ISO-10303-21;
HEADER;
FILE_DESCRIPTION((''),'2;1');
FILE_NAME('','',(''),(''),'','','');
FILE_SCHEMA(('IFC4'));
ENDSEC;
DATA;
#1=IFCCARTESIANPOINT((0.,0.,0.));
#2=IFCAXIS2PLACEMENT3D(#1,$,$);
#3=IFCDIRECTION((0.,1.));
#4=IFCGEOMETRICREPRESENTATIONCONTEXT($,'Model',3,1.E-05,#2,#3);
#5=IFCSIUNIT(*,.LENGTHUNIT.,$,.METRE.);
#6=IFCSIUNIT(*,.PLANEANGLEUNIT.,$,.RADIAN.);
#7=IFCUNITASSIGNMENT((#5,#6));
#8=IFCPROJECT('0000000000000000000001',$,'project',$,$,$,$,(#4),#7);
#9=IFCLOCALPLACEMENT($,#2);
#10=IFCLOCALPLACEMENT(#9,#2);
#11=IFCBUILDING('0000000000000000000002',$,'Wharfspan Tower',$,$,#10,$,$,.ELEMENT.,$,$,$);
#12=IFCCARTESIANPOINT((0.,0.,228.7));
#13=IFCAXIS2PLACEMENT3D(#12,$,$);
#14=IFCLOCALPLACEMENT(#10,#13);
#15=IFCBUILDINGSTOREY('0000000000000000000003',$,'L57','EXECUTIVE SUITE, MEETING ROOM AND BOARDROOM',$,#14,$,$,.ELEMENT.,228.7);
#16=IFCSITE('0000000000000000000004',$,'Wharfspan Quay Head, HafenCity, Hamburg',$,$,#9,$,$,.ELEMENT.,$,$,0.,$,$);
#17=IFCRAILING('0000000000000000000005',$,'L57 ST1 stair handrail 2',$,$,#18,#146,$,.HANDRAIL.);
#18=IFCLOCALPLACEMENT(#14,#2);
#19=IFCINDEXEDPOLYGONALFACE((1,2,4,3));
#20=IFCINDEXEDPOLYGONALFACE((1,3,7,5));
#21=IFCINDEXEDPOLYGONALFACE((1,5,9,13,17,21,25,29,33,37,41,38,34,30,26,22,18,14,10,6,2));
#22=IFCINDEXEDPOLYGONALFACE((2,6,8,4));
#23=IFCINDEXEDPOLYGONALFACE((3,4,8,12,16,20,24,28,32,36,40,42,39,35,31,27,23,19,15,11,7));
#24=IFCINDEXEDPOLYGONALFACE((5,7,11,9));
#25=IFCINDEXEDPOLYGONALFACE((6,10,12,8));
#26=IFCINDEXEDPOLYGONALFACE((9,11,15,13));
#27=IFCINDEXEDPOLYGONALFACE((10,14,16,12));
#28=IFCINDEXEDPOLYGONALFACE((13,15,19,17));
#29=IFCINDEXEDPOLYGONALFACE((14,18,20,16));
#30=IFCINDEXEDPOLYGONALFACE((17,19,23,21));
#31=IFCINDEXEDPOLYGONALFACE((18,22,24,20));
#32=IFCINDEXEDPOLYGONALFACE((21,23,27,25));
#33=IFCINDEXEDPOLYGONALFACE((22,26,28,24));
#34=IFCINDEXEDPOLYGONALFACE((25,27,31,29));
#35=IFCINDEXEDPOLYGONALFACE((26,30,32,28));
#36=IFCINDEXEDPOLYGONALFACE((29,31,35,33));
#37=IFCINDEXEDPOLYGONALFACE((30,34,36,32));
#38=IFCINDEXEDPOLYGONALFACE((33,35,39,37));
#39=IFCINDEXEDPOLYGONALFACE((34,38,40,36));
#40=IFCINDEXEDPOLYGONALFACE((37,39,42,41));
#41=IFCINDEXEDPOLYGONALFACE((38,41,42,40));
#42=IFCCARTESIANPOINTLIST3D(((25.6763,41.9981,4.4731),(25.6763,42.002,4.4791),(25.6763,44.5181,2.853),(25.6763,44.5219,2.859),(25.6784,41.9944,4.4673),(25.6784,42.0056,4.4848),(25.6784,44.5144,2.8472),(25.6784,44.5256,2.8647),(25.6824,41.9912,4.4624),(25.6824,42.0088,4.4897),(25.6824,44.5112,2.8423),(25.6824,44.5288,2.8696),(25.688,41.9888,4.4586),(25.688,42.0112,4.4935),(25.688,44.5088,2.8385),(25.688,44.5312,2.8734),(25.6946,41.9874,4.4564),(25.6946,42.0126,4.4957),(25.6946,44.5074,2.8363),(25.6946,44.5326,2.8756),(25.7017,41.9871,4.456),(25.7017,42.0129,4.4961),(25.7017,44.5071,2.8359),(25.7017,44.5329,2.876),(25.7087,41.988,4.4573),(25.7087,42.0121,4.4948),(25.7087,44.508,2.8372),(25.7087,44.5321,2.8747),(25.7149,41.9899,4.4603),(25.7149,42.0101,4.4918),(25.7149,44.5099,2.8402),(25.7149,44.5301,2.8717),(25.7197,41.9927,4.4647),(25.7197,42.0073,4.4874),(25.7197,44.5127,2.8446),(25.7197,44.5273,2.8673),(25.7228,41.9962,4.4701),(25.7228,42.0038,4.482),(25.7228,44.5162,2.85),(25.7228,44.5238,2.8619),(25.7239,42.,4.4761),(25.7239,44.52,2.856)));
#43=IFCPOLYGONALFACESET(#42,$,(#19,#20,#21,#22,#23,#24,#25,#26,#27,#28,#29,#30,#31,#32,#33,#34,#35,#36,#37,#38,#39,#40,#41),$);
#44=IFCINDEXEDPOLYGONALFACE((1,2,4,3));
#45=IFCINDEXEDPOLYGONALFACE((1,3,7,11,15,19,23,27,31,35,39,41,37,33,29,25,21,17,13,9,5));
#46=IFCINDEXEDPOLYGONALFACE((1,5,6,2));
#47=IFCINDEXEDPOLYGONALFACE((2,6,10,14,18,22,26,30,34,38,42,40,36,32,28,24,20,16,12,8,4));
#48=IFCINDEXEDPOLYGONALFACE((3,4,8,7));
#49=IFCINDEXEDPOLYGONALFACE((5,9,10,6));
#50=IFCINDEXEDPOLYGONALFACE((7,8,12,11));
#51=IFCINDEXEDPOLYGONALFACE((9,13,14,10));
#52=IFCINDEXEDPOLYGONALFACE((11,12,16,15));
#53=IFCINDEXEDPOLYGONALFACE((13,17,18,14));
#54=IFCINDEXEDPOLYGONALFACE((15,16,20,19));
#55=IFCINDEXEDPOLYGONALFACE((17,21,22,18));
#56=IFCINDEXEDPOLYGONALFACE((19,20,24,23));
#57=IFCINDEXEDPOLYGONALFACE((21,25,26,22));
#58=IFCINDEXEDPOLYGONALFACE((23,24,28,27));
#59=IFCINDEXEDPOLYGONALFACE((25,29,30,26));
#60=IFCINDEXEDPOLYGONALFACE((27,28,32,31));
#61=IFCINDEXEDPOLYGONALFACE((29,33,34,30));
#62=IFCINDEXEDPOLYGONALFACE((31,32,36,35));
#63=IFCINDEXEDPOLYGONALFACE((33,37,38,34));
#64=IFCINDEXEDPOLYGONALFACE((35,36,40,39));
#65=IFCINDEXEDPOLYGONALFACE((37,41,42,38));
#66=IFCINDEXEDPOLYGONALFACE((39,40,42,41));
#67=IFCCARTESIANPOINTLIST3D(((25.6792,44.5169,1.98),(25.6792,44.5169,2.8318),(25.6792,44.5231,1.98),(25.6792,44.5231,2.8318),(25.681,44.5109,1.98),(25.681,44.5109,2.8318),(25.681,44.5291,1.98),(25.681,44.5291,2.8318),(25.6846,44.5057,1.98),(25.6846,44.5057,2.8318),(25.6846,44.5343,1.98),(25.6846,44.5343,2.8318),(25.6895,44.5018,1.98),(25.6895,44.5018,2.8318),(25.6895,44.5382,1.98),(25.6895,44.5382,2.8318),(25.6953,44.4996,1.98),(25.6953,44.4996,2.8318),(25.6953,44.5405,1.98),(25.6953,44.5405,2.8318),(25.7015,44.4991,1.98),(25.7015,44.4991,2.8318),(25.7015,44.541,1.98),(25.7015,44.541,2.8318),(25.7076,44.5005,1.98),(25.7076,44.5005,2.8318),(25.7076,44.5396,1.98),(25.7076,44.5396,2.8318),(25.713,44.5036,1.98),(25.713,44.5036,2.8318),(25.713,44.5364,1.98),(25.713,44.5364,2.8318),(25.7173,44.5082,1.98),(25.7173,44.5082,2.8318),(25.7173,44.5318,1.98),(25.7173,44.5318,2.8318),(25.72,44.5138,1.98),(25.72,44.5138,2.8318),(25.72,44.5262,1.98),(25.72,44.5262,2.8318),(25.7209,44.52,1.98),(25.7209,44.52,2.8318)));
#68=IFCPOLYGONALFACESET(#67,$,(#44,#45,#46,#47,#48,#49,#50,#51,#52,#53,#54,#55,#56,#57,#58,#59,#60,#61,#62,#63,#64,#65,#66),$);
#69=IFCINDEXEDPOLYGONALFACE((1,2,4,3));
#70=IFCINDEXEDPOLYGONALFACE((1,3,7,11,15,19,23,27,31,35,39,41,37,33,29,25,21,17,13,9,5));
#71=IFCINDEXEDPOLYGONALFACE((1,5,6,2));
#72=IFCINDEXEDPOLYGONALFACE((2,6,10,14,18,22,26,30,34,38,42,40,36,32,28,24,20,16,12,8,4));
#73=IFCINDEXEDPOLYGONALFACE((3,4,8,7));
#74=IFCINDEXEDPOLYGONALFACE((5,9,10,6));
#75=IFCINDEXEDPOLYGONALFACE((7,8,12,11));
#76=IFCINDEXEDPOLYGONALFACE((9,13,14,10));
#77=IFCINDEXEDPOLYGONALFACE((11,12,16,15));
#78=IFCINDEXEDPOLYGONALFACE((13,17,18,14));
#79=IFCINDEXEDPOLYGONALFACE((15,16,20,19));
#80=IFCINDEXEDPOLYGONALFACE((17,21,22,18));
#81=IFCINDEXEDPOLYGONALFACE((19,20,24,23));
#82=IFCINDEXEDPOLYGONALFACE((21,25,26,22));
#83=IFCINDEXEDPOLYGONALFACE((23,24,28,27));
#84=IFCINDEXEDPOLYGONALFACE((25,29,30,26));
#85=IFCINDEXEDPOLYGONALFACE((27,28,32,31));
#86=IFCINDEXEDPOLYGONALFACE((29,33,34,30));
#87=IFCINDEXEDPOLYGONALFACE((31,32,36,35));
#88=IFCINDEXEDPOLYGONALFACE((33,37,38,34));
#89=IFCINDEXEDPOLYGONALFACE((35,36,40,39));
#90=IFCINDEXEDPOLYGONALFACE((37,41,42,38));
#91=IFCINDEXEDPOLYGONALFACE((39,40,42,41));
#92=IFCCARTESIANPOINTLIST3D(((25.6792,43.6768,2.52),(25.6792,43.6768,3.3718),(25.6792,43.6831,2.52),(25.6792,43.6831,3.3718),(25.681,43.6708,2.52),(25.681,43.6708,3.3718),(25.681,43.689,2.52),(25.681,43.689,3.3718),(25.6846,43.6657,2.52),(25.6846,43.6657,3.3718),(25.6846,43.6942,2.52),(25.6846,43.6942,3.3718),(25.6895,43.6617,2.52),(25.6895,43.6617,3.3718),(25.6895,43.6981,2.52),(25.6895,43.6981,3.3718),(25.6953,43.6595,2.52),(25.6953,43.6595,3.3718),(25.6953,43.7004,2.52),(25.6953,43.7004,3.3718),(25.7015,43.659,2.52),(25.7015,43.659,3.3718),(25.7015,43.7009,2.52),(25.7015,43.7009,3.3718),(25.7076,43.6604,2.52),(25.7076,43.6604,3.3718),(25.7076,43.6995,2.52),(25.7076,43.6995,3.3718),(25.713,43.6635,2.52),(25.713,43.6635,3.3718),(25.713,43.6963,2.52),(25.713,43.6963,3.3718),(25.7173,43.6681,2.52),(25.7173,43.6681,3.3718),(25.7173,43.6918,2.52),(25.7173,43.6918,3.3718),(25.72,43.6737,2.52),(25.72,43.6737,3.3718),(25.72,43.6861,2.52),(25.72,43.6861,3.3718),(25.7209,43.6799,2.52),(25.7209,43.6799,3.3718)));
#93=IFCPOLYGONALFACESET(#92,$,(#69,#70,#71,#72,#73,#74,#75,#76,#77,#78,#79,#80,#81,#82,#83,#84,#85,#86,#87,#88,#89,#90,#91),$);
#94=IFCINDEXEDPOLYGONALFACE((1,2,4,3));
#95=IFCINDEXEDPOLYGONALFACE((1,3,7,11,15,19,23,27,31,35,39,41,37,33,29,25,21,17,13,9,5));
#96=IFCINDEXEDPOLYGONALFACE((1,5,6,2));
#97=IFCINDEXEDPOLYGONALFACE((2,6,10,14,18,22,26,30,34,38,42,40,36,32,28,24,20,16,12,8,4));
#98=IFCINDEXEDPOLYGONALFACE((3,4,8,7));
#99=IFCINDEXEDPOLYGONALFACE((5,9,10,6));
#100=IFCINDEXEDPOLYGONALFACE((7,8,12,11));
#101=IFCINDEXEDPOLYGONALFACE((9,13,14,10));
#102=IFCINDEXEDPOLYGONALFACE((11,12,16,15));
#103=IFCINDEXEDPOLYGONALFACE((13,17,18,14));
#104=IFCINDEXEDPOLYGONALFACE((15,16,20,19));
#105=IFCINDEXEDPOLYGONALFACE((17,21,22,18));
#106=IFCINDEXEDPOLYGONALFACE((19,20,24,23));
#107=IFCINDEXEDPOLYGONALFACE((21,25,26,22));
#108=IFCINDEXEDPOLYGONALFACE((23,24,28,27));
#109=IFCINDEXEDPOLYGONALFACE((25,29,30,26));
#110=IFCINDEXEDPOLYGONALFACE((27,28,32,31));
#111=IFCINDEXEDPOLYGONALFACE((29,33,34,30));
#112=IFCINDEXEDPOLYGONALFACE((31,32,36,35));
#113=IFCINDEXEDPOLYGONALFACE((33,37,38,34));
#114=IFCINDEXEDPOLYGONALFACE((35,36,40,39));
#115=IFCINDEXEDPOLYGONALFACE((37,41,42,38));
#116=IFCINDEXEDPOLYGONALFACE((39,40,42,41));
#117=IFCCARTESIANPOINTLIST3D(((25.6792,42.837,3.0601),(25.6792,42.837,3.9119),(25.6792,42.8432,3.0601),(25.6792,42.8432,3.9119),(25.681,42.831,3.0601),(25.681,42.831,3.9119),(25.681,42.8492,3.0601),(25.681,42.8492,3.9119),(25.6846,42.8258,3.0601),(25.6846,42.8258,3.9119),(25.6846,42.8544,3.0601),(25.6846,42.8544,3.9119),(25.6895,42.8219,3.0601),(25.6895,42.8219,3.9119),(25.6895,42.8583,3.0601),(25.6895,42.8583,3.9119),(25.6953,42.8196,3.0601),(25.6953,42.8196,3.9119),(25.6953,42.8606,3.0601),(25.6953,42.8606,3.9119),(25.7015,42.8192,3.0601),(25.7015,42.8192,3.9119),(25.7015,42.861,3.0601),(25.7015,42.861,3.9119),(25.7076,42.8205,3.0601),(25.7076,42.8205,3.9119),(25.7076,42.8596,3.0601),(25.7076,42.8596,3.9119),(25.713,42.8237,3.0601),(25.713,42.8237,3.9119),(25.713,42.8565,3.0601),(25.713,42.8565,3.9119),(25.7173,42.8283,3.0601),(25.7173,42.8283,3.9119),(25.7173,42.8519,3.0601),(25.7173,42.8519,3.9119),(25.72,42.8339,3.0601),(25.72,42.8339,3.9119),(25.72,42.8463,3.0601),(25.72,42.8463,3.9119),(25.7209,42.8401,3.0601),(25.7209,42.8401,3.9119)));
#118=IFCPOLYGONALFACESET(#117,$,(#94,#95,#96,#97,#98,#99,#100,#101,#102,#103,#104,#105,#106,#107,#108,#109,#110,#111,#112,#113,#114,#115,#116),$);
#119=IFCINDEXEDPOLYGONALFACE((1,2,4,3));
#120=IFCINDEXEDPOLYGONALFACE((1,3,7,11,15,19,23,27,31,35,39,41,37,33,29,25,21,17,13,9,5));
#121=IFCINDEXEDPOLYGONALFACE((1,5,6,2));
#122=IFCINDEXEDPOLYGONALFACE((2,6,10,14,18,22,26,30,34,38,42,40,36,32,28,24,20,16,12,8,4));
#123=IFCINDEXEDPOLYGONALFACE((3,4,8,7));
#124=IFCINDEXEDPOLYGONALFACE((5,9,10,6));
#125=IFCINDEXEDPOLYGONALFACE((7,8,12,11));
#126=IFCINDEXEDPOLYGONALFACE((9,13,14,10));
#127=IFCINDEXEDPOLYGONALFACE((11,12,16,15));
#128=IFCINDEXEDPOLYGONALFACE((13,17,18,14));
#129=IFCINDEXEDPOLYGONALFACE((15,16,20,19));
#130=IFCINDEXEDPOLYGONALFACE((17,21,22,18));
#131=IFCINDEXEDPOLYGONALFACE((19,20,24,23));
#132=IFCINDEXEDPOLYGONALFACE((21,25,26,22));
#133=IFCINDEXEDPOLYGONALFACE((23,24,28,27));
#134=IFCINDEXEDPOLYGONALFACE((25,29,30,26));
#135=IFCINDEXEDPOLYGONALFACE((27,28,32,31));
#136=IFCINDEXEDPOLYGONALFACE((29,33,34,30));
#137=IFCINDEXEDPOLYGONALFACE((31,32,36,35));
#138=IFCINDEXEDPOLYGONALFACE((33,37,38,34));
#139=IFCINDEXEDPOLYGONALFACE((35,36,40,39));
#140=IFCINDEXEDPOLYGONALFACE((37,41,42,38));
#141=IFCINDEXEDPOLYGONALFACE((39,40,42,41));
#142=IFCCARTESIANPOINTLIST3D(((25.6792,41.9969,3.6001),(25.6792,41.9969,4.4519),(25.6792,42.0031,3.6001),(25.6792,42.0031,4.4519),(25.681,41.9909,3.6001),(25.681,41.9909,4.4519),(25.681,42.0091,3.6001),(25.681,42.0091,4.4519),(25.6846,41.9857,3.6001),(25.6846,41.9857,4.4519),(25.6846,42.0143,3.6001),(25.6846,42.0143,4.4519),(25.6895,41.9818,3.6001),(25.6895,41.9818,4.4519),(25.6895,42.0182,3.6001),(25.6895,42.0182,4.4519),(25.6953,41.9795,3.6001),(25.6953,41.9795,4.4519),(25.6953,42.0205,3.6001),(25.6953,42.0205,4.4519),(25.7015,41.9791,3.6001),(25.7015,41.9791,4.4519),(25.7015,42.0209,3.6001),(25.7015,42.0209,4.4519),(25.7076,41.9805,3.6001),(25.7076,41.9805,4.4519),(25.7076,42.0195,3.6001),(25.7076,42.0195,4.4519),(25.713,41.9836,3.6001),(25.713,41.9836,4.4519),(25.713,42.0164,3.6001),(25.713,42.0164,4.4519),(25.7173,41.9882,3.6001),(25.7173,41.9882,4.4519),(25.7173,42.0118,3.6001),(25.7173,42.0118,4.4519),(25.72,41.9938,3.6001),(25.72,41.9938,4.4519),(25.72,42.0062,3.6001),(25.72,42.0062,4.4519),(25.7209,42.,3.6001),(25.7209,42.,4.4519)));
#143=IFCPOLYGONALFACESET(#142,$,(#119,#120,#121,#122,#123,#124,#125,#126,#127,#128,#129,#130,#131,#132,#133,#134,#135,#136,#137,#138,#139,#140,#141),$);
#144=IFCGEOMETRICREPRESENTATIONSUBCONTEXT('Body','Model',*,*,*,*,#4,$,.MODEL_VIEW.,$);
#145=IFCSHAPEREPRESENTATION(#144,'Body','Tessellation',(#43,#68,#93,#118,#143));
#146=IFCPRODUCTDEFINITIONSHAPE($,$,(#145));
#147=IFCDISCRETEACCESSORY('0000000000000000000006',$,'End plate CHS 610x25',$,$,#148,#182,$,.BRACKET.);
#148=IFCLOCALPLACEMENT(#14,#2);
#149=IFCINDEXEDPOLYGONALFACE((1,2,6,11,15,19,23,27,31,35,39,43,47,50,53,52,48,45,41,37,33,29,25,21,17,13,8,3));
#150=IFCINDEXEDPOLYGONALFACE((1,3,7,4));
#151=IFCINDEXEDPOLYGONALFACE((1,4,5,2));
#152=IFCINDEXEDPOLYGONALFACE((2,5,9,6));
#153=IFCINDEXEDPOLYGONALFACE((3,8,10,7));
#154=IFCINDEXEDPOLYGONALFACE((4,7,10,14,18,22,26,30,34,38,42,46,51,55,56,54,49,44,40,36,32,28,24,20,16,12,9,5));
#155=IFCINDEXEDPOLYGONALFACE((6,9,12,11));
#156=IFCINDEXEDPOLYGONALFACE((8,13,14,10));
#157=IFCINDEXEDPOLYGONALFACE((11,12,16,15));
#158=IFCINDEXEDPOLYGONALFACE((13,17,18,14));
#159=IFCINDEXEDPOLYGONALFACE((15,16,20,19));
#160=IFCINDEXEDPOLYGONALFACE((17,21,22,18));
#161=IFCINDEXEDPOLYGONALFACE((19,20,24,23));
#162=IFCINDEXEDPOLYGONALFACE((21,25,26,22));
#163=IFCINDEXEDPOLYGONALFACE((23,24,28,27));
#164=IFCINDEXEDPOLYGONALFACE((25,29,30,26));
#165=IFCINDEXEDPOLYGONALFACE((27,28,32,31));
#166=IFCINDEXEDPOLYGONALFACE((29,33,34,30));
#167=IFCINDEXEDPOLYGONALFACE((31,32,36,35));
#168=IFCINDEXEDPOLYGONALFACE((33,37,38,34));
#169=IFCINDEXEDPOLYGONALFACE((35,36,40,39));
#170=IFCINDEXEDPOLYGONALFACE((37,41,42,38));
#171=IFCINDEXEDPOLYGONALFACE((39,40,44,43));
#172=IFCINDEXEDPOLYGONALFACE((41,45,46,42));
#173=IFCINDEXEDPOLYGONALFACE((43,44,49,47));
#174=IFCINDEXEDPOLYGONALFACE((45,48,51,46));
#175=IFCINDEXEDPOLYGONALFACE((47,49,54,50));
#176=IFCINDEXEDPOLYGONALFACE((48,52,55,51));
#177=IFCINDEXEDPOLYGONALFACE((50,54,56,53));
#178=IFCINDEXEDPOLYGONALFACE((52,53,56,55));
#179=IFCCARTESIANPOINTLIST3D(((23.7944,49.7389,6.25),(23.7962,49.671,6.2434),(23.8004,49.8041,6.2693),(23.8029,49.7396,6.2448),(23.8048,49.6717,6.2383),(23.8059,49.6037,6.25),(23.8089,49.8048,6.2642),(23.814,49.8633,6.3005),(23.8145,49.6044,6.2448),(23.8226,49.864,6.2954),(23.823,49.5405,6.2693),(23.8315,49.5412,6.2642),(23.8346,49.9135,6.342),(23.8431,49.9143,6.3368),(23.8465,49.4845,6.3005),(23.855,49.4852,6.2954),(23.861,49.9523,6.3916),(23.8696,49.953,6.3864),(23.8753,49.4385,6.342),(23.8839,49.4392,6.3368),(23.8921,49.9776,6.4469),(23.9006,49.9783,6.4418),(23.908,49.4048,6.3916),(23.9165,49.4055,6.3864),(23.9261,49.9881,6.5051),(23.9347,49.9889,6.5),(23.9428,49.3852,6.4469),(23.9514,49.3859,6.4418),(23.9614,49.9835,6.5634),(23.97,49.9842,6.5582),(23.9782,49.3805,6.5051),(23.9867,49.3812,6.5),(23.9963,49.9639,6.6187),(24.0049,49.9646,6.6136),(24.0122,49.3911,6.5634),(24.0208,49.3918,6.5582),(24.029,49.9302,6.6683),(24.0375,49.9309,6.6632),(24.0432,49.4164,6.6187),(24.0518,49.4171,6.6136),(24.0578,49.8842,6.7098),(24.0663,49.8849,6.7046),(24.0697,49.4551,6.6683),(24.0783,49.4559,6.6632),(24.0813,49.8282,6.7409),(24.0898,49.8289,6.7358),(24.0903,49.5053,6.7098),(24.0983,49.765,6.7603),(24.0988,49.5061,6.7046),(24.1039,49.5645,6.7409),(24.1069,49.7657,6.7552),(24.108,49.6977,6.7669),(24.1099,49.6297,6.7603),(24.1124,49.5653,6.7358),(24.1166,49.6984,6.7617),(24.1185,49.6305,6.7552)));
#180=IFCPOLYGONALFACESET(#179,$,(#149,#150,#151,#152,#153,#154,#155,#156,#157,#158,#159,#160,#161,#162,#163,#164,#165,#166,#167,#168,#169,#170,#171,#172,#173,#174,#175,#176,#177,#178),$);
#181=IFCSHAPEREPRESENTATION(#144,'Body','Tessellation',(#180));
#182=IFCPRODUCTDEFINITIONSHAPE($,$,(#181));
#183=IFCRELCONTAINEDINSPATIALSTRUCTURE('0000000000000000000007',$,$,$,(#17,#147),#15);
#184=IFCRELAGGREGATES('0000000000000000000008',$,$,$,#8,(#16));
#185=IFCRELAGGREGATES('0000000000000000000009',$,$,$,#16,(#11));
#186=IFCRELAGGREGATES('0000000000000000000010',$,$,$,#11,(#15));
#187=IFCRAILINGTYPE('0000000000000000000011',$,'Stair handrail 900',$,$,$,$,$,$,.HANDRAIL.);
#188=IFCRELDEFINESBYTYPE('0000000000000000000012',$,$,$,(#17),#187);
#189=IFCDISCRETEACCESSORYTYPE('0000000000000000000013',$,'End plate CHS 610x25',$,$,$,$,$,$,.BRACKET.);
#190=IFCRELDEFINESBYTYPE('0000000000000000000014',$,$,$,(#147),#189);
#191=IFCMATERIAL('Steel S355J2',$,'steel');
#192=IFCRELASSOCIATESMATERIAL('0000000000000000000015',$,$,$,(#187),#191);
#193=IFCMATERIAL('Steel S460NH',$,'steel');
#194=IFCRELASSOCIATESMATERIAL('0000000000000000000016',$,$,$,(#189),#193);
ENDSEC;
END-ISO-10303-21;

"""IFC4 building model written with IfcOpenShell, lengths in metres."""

from ifc_helpers import new_model, si_unit, direction, frame, origin, origin_2d, place, context, subcontext, project, spatial, circle, extrude, material, material_profile, profile_set, type_object, element, save


model = new_model("IFC4")

# Units and contexts
model_context = context("Model", 3, precision=1e-05, world=origin(), true_north=direction((0.0, 1.0)))
body_context = subcontext(model_context, "Body", "Model", "MODEL_VIEW")
ifc_project = project(units=[si_unit("LENGTHUNIT", "METRE"), si_unit("PLANEANGLEUNIT", "RADIAN")], contexts=[model_context])

# Site, building, storey
site_placement = place(None, origin())
site = spatial("IfcSite", under=ifc_project, at=site_placement, Name="Wharfspan Quay Head, HafenCity, Hamburg", CompositionType="ELEMENT", RefElevation=0.0)
building_placement = place(site_placement, origin())
building = spatial("IfcBuilding", under=site, at=building_placement, Name="Wharfspan Tower", CompositionType="ELEMENT")
storey_placement = place(building_placement, frame((0.0, 0.0, 228.7)))
storey = spatial("IfcBuildingStorey", under=building, at=storey_placement, Name="L57", Description="EXECUTIVE SUITE, MEETING ROOM AND BOARDROOM", CompositionType="ELEMENT", Elevation=228.7)

# Shared definitions
ifc_material_1 = material(Name="Steel S355J2", Category="steel")

# Shared definitions
ifc_material_2 = material(Name="Steel S460NH", Category="steel")

# Railing
railing_type_1 = type_object("IfcRailingType", Name="Stair handrail 900", PredefinedType="HANDRAIL", material=ifc_material_1)
railing_1_placement = place(storey_placement, frame((25.7, 44.52, 1.98)))
element("IfcRailing", 1, at=railing_1_placement, inside=storey, type_object=railing_type_1, Name="L57 ST1 stair handrail 2", PredefinedType="HANDRAIL", context=body_context, shape_type="SweptSolid", body=[
    extrude(circle(Radius=0.0239, at=origin_2d()), frame((0.0, 0.0, 0.876), z_axis=(0.0, -0.841163, 0.540782), x_axis=(1.0, 0.0, 0.0)), (0.0, 0.0, 1.0), 2.9958),
    extrude(circle(Radius=0.021, at=origin_2d()), origin(), (0.0, 0.0, 1.0), 0.8518),
    extrude(circle(Radius=0.021, at=origin_2d()), frame((0.0, -0.8401, 0.54)), (0.0, 0.0, 1.0), 0.8518),
    extrude(circle(Radius=0.021, at=origin_2d()), frame((0.0, -1.6799, 1.0801)), (0.0, 0.0, 1.0), 0.8518),
    extrude(circle(Radius=0.021, at=origin_2d()), frame((0.0, -2.52, 1.6201)), (0.0, 0.0, 1.0), 0.8518),
])

# Discrete accessory
ifc_material_profile_1 = material_profile(ifc_material_2, circle(Radius=0.3049, at=origin_2d()))
ifc_profile_set_1 = profile_set([ifc_material_profile_1], Name="Steel S460NH")
discrete_accessory_type = type_object("IfcDiscreteAccessoryType", Name="End plate CHS 610x25", PredefinedType="BRACKET", material=ifc_profile_set_1)
discrete_accessory_placement = place(storey_placement, frame((23.9607, 49.6851, 6.5), z_axis=(-0.855186, -0.073302, 0.513112), x_axis=(0.085402, -0.996345, 0.000001)))
element("IfcDiscreteAccessory", 2, at=discrete_accessory_placement, inside=storey, type_object=discrete_accessory_type, Name="End plate CHS 610x25", PredefinedType="BRACKET", context=body_context, shape_type="SweptSolid", body=[
    extrude(circle(Radius=0.3049, at=origin_2d()), origin(), (0.0, 0.0, 1.0), 0.01),
])

save(model, "model.ifc")
